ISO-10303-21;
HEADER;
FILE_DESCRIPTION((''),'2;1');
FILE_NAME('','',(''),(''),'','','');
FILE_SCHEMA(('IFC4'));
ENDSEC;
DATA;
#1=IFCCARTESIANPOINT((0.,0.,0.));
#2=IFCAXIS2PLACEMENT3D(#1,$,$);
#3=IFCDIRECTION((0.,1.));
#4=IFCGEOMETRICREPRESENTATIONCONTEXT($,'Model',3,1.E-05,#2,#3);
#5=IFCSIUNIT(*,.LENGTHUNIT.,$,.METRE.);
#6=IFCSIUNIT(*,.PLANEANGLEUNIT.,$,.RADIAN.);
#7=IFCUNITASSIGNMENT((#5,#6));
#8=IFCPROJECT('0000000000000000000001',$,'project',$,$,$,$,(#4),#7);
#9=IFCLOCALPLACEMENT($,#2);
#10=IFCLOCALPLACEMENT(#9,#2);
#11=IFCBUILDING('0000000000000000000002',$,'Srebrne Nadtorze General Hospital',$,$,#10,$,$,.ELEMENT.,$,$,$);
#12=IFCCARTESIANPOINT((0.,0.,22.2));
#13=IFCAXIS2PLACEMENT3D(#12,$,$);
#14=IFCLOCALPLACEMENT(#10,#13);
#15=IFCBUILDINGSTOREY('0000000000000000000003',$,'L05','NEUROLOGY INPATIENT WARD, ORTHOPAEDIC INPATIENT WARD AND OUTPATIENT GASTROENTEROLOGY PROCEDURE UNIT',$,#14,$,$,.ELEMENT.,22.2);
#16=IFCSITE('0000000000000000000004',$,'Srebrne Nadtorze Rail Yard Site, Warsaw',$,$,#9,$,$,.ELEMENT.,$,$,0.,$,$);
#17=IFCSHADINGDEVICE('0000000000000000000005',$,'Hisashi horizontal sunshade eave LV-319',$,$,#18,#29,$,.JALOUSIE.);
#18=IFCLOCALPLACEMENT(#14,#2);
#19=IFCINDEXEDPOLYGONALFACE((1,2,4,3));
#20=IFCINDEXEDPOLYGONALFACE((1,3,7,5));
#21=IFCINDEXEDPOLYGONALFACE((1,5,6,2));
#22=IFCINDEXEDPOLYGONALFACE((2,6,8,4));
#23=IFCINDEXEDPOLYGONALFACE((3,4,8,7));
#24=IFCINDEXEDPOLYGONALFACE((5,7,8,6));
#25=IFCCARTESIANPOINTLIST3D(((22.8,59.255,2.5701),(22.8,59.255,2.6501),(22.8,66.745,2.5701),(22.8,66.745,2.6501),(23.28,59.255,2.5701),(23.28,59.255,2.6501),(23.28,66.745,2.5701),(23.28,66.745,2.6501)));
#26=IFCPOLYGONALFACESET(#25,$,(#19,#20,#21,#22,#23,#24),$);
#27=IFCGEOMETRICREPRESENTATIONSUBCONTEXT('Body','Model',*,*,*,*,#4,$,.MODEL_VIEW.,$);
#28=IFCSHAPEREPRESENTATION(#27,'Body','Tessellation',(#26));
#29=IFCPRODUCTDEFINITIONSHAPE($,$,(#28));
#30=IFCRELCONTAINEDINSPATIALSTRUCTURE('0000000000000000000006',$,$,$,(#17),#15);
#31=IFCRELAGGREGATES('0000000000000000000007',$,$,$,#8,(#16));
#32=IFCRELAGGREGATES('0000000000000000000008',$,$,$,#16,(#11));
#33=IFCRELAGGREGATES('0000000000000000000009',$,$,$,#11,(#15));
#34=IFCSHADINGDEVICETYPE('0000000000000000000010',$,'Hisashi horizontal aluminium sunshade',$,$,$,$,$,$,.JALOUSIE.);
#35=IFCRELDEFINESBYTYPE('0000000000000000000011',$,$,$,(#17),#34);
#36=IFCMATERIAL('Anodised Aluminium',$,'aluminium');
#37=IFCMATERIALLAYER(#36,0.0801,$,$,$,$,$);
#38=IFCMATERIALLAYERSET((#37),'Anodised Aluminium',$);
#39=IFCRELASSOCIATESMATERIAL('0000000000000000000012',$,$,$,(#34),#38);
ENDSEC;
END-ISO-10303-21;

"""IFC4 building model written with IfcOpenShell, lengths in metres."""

from ifc_helpers import new_model, si_unit, direction, frame, origin, origin_2d, place, context, subcontext, project, spatial, rectangle, extrude, material, layer, layer_set, type_object, element, save


model = new_model("IFC4")

# Units and contexts
model_context = context("Model", 3, precision=1e-05, world=origin(), true_north=direction((0.0, 1.0)))
body_context = subcontext(model_context, "Body", "Model", "MODEL_VIEW")
ifc_project = project(units=[si_unit("LENGTHUNIT", "METRE"), si_unit("PLANEANGLEUNIT", "RADIAN")], contexts=[model_context])

# Site, building, storey
site_placement = place(None, origin())
site = spatial("IfcSite", under=ifc_project, at=site_placement, Name="Srebrne Nadtorze Rail Yard Site, Warsaw", CompositionType="ELEMENT", RefElevation=0.0)
building_placement = place(site_placement, origin())
building = spatial("IfcBuilding", under=site, at=building_placement, Name="Srebrne Nadtorze General Hospital", CompositionType="ELEMENT")
storey_placement = place(building_placement, frame((0.0, 0.0, 22.2)))
storey = spatial("IfcBuildingStorey", under=building, at=storey_placement, Name="L05", Description="NEUROLOGY INPATIENT WARD, ORTHOPAEDIC INPATIENT WARD AND OUTPATIENT GASTROENTEROLOGY PROCEDURE UNIT", CompositionType="ELEMENT", Elevation=22.2)

# Shading device
ifc_material_1 = material(Name="Anodised Aluminium", Category="aluminium")
ifc_layer_1 = layer(ifc_material_1, 0.0801)
ifc_layer_set_1 = layer_set([ifc_layer_1], Name="Anodised Aluminium")
shading_device_type = type_object("IfcShadingDeviceType", Name="Hisashi horizontal aluminium sunshade", PredefinedType="JALOUSIE", material=ifc_layer_set_1)
for number, where, z_axis, x_axis, name in (
    (1, (23.04, 63.0, 2.5701), (0.0, 0.0, 1.0), (1.0, 0.0, 0.0), "Hisashi horizontal sunshade eave LV-319"),
):
    element("IfcShadingDevice", number, at=place(storey_placement, frame(where, z_axis=z_axis, x_axis=x_axis)), inside=storey, type_object=shading_device_type, Name=name, PredefinedType="JALOUSIE", context=body_context, shape_type="SweptSolid", body=[
        extrude(rectangle(XDim=0.48, YDim=7.49, at=origin_2d()), origin(), (0.0, 0.0, 1.0), 0.0801),
    ])

save(model, "model.ifc")
